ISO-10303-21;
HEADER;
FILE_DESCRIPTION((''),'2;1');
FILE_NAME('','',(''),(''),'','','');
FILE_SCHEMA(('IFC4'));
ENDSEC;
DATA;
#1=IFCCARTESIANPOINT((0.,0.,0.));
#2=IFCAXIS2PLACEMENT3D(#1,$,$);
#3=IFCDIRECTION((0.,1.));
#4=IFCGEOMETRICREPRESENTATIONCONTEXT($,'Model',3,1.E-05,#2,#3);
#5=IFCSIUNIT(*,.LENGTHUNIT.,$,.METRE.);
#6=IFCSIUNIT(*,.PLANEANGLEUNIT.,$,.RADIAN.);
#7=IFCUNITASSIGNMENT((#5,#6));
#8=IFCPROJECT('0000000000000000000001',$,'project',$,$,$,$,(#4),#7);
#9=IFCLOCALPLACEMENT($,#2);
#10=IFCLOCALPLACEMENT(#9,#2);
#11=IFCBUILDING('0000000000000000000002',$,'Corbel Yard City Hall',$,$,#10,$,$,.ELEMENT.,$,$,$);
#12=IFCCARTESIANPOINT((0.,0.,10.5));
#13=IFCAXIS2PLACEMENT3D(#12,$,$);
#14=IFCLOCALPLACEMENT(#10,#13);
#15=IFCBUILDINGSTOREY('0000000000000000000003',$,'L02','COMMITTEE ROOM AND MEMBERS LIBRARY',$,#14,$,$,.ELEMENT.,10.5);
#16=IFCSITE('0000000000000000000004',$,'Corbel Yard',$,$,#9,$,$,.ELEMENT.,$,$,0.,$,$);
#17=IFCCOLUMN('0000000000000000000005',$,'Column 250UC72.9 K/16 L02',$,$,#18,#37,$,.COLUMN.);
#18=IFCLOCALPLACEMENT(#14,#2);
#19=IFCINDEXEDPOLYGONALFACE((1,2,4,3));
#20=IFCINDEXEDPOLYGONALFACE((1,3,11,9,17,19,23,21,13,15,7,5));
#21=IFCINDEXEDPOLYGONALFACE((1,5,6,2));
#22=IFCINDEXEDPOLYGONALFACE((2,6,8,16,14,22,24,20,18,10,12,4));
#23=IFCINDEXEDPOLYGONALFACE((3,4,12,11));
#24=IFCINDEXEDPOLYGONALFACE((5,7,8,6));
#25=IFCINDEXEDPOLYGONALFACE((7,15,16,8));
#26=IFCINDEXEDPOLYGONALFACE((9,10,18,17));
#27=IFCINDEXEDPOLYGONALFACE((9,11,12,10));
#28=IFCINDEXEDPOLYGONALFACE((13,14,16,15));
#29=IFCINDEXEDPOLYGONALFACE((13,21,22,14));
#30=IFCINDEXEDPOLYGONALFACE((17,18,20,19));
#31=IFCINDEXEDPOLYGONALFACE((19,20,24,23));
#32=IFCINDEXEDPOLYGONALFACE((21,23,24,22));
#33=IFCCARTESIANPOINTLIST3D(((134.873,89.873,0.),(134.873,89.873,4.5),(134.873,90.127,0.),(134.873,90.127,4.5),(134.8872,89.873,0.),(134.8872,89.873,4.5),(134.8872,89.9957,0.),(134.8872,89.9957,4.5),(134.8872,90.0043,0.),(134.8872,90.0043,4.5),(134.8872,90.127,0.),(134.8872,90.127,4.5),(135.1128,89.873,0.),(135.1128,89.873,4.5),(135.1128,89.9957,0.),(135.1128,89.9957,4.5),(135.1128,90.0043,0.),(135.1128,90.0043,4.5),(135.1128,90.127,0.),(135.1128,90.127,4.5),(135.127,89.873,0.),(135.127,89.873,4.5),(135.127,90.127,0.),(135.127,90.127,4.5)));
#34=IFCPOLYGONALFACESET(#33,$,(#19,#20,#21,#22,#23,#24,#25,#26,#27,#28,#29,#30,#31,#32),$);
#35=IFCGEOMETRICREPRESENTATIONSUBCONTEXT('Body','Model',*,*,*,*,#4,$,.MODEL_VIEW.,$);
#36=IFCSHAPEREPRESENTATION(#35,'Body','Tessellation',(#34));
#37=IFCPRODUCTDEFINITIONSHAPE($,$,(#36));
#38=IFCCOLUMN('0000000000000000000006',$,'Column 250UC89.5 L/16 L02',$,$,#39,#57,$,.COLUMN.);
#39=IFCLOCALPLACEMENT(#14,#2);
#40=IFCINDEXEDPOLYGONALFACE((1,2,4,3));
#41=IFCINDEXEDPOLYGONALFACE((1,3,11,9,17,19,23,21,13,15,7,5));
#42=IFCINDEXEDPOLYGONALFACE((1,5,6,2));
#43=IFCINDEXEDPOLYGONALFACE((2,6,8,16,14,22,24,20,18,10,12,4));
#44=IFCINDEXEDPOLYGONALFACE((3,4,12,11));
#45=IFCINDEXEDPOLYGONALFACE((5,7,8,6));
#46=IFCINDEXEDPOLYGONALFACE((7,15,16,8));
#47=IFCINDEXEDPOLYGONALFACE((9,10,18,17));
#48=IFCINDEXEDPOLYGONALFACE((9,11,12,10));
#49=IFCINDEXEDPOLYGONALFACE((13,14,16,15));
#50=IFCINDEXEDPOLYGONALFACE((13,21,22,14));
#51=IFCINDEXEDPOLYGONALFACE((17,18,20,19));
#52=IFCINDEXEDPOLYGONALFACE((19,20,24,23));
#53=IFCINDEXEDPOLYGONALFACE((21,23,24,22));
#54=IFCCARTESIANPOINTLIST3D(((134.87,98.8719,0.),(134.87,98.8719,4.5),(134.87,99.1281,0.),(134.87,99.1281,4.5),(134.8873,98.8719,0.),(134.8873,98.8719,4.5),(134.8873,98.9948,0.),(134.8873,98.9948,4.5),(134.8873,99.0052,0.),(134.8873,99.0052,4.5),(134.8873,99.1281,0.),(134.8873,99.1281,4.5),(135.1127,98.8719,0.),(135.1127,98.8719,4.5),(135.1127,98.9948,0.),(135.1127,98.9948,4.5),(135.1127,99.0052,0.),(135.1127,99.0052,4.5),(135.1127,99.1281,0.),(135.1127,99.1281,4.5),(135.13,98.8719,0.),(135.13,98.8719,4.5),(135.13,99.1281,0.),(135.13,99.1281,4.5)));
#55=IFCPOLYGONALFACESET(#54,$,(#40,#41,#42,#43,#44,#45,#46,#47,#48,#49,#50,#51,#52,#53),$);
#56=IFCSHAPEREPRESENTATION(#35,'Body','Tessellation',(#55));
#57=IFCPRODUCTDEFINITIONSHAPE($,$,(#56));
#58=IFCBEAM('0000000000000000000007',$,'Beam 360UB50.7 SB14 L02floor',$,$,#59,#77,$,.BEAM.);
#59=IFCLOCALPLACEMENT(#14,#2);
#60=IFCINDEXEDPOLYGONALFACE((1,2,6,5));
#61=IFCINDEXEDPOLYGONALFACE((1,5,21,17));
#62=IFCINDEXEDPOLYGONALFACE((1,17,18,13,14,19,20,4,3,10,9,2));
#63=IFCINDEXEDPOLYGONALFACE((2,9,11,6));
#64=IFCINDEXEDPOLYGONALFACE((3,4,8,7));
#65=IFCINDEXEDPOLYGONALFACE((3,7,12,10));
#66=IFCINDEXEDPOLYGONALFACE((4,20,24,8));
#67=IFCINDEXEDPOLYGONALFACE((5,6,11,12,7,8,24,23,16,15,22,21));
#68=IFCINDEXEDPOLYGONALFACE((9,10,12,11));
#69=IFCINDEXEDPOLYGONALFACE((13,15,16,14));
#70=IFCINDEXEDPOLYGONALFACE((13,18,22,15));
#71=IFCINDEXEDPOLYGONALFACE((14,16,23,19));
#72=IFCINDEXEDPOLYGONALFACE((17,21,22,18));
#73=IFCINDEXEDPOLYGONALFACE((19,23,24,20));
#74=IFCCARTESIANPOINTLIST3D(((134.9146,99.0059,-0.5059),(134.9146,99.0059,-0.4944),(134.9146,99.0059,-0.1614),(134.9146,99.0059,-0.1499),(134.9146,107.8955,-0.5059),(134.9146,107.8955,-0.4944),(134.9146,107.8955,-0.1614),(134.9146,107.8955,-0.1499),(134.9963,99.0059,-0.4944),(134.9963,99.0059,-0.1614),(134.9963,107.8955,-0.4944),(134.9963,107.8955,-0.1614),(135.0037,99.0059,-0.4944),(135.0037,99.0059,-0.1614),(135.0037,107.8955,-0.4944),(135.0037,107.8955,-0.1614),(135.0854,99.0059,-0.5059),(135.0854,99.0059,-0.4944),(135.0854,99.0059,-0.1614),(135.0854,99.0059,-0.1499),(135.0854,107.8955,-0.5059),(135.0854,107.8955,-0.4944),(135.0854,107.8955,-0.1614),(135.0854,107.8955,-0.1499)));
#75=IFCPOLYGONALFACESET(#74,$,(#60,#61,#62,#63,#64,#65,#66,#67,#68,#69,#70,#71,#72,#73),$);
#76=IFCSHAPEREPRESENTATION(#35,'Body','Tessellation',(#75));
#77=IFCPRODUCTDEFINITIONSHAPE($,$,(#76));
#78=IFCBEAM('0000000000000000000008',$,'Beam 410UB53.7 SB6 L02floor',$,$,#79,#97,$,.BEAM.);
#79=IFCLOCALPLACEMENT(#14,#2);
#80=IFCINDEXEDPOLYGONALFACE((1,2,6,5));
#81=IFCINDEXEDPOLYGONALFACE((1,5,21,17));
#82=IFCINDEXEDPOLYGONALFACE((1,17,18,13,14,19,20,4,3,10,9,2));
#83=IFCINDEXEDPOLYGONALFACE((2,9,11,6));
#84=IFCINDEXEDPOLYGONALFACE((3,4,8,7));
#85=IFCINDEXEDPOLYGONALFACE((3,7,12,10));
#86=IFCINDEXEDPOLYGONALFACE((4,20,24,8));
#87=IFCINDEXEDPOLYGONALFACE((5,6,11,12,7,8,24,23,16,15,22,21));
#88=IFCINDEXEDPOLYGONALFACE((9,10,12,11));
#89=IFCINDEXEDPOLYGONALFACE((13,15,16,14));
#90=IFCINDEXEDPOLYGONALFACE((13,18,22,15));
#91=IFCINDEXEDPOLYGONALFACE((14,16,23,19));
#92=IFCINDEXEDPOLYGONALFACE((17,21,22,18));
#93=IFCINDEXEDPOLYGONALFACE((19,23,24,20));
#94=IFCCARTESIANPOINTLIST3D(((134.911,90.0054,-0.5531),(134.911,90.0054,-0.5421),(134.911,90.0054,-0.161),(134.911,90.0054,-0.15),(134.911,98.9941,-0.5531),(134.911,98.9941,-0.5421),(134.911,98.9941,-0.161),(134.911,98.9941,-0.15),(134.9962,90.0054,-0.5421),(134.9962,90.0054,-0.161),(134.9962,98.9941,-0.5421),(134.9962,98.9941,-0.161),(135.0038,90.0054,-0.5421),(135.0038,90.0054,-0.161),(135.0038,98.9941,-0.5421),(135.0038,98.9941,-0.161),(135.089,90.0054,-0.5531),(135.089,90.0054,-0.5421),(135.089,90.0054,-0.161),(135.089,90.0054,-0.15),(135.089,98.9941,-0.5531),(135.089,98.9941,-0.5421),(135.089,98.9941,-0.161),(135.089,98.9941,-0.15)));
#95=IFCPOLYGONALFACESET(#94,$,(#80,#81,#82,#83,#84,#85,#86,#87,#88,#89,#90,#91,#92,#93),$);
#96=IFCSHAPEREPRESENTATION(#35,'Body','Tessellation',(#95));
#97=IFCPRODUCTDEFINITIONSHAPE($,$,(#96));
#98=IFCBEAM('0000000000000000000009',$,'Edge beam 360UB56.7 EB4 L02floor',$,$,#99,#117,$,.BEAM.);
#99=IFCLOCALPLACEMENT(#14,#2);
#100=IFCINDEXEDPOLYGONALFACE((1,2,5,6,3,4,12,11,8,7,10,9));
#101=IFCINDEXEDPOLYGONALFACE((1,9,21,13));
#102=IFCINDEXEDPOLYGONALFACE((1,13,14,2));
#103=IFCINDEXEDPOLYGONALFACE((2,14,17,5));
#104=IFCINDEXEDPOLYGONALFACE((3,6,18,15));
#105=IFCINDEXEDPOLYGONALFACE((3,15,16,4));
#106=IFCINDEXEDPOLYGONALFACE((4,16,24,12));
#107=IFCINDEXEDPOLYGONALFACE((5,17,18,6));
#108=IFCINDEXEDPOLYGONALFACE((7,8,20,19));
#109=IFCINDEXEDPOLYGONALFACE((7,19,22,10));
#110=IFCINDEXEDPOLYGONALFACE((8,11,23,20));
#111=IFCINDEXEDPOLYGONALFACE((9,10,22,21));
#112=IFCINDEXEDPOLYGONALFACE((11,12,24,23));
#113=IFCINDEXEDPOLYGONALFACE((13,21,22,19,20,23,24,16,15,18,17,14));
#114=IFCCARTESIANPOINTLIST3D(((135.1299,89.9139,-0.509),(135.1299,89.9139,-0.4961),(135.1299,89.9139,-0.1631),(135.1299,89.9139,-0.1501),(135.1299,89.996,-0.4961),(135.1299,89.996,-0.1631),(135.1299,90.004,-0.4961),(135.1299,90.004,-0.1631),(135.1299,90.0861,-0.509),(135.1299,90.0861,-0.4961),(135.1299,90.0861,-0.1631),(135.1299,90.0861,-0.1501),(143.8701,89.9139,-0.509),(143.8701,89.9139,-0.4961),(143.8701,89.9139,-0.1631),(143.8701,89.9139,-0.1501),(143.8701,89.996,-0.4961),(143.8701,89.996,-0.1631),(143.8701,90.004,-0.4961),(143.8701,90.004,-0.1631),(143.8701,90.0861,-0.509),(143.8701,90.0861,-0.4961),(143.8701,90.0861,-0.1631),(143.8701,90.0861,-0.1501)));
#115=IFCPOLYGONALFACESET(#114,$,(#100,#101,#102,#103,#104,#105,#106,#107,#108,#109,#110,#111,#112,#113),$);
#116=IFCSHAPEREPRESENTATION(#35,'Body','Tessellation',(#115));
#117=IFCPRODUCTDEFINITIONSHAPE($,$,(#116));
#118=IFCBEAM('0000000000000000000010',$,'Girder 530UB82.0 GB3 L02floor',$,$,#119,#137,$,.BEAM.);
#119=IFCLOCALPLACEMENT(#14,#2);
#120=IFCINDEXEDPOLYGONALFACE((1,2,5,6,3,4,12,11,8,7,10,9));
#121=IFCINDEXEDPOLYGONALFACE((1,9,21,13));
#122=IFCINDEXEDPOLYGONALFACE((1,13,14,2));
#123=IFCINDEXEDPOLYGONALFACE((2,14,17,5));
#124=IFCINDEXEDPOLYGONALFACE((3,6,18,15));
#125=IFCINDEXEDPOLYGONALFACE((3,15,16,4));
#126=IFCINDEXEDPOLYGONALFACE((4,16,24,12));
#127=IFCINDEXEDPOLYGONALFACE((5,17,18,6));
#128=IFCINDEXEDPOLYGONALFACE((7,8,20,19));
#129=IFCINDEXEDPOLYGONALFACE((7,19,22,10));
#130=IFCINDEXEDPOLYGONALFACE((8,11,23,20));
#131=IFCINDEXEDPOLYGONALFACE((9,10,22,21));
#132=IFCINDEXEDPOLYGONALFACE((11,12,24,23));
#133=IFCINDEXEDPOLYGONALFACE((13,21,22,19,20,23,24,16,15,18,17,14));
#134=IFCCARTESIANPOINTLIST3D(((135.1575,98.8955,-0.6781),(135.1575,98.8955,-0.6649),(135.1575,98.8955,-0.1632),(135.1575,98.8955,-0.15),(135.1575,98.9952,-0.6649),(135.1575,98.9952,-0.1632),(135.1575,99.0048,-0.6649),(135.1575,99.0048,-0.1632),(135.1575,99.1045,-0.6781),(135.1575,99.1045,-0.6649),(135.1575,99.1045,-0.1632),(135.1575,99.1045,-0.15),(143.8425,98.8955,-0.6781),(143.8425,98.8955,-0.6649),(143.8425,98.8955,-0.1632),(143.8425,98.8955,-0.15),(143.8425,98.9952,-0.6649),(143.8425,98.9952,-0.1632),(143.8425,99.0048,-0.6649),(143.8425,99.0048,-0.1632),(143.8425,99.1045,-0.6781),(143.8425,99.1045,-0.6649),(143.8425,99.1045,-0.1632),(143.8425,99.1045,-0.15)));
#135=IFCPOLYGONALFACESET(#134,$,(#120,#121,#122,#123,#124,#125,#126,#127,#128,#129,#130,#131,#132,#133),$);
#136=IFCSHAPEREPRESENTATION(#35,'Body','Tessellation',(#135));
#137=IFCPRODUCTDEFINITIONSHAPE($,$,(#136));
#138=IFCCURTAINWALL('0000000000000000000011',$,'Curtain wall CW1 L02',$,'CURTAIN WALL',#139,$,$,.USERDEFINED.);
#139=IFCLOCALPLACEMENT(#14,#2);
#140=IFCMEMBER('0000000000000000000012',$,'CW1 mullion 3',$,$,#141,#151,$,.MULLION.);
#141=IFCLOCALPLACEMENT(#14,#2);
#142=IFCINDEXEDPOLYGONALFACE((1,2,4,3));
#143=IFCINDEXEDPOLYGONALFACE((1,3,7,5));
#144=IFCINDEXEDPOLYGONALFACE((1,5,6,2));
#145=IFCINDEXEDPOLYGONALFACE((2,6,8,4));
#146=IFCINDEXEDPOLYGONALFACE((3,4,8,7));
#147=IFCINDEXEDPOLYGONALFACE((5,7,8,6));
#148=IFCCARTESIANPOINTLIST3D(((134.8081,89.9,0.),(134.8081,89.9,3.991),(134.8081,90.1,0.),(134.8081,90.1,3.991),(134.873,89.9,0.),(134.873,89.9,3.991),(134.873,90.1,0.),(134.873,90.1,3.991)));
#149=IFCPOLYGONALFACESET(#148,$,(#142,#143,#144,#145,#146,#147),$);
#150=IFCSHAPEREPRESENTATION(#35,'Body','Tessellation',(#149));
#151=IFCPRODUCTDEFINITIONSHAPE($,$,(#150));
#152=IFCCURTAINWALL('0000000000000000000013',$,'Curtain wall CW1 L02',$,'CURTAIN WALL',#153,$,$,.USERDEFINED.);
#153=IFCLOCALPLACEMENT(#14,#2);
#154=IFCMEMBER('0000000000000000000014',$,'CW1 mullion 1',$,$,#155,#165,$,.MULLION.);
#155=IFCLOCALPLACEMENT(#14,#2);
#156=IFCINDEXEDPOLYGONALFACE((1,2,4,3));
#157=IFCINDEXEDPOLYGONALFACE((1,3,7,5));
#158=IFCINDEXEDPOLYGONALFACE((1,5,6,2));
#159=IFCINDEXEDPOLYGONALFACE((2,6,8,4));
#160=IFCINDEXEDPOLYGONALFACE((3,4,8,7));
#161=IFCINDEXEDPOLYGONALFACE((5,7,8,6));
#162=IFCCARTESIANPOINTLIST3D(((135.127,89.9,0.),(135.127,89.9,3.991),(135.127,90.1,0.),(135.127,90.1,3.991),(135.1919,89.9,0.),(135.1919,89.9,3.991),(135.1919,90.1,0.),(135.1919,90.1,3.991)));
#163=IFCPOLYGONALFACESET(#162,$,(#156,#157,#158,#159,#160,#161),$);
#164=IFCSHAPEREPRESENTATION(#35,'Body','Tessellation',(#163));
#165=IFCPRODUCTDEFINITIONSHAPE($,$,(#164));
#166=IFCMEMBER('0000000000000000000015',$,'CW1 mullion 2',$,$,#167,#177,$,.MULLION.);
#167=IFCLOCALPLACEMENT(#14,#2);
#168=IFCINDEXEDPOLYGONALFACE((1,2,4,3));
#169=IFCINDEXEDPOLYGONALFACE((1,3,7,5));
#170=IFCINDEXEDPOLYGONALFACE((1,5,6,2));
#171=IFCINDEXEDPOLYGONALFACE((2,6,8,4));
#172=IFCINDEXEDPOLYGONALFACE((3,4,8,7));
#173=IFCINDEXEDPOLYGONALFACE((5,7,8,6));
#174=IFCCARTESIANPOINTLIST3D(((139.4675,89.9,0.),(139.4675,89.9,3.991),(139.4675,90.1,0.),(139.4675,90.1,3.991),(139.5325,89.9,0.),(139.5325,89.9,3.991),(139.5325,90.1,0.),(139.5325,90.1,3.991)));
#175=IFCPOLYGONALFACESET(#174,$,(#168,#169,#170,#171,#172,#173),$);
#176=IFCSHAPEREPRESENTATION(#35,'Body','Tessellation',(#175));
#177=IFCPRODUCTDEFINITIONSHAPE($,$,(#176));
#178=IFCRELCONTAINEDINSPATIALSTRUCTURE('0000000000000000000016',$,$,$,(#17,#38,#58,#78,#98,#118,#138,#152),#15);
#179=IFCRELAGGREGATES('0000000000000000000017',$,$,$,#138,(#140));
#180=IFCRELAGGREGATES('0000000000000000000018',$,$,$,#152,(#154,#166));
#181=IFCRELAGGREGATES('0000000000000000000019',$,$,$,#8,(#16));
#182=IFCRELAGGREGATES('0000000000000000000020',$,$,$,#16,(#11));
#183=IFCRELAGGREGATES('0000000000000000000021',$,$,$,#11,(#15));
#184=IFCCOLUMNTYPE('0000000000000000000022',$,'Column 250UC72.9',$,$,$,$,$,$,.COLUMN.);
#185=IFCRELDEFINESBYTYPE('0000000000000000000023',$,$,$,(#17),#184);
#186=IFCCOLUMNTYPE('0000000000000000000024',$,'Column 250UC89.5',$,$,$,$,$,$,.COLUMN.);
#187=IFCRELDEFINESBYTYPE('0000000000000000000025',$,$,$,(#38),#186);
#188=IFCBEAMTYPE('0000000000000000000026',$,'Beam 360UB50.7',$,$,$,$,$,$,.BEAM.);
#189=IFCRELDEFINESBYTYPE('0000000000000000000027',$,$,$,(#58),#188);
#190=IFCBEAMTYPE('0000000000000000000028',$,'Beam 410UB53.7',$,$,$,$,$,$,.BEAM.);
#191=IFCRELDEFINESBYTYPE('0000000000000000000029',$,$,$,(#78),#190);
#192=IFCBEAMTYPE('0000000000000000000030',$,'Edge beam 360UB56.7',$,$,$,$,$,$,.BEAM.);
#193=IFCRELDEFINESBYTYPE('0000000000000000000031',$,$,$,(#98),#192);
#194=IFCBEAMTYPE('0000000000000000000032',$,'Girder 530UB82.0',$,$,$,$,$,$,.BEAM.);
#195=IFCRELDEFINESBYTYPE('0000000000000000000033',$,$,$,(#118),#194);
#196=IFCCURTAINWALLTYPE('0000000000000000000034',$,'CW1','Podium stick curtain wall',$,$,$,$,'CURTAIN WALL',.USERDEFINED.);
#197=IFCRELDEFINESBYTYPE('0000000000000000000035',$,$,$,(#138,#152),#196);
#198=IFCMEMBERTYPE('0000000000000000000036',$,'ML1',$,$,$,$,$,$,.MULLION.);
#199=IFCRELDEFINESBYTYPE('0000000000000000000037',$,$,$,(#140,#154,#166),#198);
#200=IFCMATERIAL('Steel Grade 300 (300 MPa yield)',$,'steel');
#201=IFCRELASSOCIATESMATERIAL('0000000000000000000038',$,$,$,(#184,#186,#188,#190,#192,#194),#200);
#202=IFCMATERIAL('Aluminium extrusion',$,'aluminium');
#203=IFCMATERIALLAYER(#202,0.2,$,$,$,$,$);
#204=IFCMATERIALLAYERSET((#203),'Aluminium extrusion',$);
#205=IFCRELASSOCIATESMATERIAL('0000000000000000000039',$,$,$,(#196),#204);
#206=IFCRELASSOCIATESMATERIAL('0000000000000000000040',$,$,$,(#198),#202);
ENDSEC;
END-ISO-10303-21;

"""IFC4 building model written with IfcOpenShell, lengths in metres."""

from ifc_helpers import new_model, si_unit, direction, frame, origin, origin_2d, place, context, subcontext, project, spatial, rectangle, i_section, extrude, material, layer, layer_set, material_profile, profile_set, type_object, element, aggregate, save


model = new_model("IFC4")

# Units and contexts
model_context = context("Model", 3, precision=1e-05, world=origin(), true_north=direction((0.0, 1.0)))
body_context = subcontext(model_context, "Body", "Model", "MODEL_VIEW")
ifc_project = project(units=[si_unit("LENGTHUNIT", "METRE"), si_unit("PLANEANGLEUNIT", "RADIAN")], contexts=[model_context])

# Site, building, storey
site_placement = place(None, origin())
site = spatial("IfcSite", under=ifc_project, at=site_placement, Name="Corbel Yard", CompositionType="ELEMENT", RefElevation=0.0)
building_placement = place(site_placement, origin())
building = spatial("IfcBuilding", under=site, at=building_placement, Name="Corbel Yard City Hall", CompositionType="ELEMENT")
storey_placement = place(building_placement, frame((0.0, 0.0, 10.5)))
storey = spatial("IfcBuildingStorey", under=building, at=storey_placement, Name="L02", Description="COMMITTEE ROOM AND MEMBERS LIBRARY", CompositionType="ELEMENT", Elevation=10.5)

# Columns
ifc_material_1 = material(Name="Steel Grade 300 (300 MPa yield)", Category="steel")
ifc_material_profile_1 = material_profile(ifc_material_1, i_section(OverallWidth=0.2539, OverallDepth=0.2539, WebThickness=0.0085, FlangeThickness=0.0142, at=origin_2d()), Name="250UC72.9")
ifc_profile_set_1 = profile_set([ifc_material_profile_1], Name="Steel Grade 300 (300 MPa yield)")
column_type_1 = type_object("IfcColumnType", Name="Column 250UC72.9", PredefinedType="COLUMN", material=ifc_profile_set_1)
column_1_placement = place(storey_placement, frame((135.0, 90.0, 0.0), z_axis=(0.0, 0.0, 1.0), x_axis=(0.0, 1.0, 0.0)))
element("IfcColumn", 1, at=column_1_placement, inside=storey, type_object=column_type_1, Name="Column 250UC72.9 K/16 L02", PredefinedType="COLUMN", context=body_context, shape_type="SweptSolid", body=[
    extrude(i_section(OverallWidth=0.2539, OverallDepth=0.2539, WebThickness=0.0085, FlangeThickness=0.0142, at=origin_2d()), origin(), (0.0, 0.0, 1.0), 4.5),
])
ifc_material_profile_2 = material_profile(ifc_material_1, i_section(OverallWidth=0.2561, OverallDepth=0.26, WebThickness=0.0105, FlangeThickness=0.0173, at=origin_2d()), Name="250UC89.5")
ifc_profile_set_2 = profile_set([ifc_material_profile_2], Name="Steel Grade 300 (300 MPa yield)")
column_type_2 = type_object("IfcColumnType", Name="Column 250UC89.5", PredefinedType="COLUMN", material=ifc_profile_set_2)
column_2_placement = place(storey_placement, frame((135.0, 99.0, 0.0), z_axis=(0.0, 0.0, 1.0), x_axis=(0.0, 1.0, 0.0)))
element("IfcColumn", 2, at=column_2_placement, inside=storey, type_object=column_type_2, Name="Column 250UC89.5 L/16 L02", PredefinedType="COLUMN", context=body_context, shape_type="SweptSolid", body=[
    extrude(i_section(OverallWidth=0.2561, OverallDepth=0.26, WebThickness=0.0105, FlangeThickness=0.0173, at=origin_2d()), origin(), (0.0, 0.0, 1.0), 4.5),
])

# Beams
ifc_material_profile_3 = material_profile(ifc_material_1, i_section(OverallWidth=0.1709, OverallDepth=0.356, WebThickness=0.0073, FlangeThickness=0.0115, at=origin_2d()), Name="360UB50.7")
ifc_profile_set_3 = profile_set([ifc_material_profile_3], Name="Steel Grade 300 (300 MPa yield)")
beam_type_1 = type_object("IfcBeamType", Name="Beam 360UB50.7", PredefinedType="BEAM", material=ifc_profile_set_3)
beam_1_placement = place(storey_placement, frame((135.0, 99.0059, -0.3279), z_axis=(0.0, 1.0, 0.0), x_axis=(-1.0, 0.0, 0.0)))
element("IfcBeam", 3, at=beam_1_placement, inside=storey, type_object=beam_type_1, Name="Beam 360UB50.7 SB14 L02floor", PredefinedType="BEAM", context=body_context, shape_type="SweptSolid", body=[
    extrude(i_section(OverallWidth=0.1709, OverallDepth=0.356, WebThickness=0.0073, FlangeThickness=0.0115, at=origin_2d()), origin(), (0.0, 0.0, 1.0), 8.8896),
])
ifc_material_profile_4 = material_profile(ifc_material_1, i_section(OverallWidth=0.178, OverallDepth=0.4031, WebThickness=0.0076, FlangeThickness=0.011, at=origin_2d()), Name="410UB53.7")
ifc_profile_set_4 = profile_set([ifc_material_profile_4], Name="Steel Grade 300 (300 MPa yield)")
beam_type_2 = type_object("IfcBeamType", Name="Beam 410UB53.7", PredefinedType="BEAM", material=ifc_profile_set_4)
beam_2_placement = place(storey_placement, frame((135.0, 90.0054, -0.3516), z_axis=(0.0, 1.0, 0.0), x_axis=(-1.0, 0.0, 0.0)))
element("IfcBeam", 4, at=beam_2_placement, inside=storey, type_object=beam_type_2, Name="Beam 410UB53.7 SB6 L02floor", PredefinedType="BEAM", context=body_context, shape_type="SweptSolid", body=[
    extrude(i_section(OverallWidth=0.178, OverallDepth=0.4031, WebThickness=0.0076, FlangeThickness=0.011, at=origin_2d()), origin(), (0.0, 0.0, 1.0), 8.9888),
])
ifc_material_profile_5 = material_profile(ifc_material_1, i_section(OverallWidth=0.1721, OverallDepth=0.3589, WebThickness=0.0081, FlangeThickness=0.0129, at=origin_2d()), Name="360UB56.7")
ifc_profile_set_5 = profile_set([ifc_material_profile_5], Name="Steel Grade 300 (300 MPa yield)")
beam_type_3 = type_object("IfcBeamType", Name="Edge beam 360UB56.7", PredefinedType="BEAM", material=ifc_profile_set_5)
beam_3_placement = place(storey_placement, frame((135.1299, 90.0, -0.3296), z_axis=(1.0, 0.0, 0.0), x_axis=(0.0, 1.0, 0.0)))
element("IfcBeam", 5, at=beam_3_placement, inside=storey, type_object=beam_type_3, Name="Edge beam 360UB56.7 EB4 L02floor", PredefinedType="BEAM", context=body_context, shape_type="SweptSolid", body=[
    extrude(i_section(OverallWidth=0.1721, OverallDepth=0.3589, WebThickness=0.0081, FlangeThickness=0.0129, at=origin_2d()), origin(), (0.0, 0.0, 1.0), 8.7402),
])
ifc_material_profile_6 = material_profile(ifc_material_1, i_section(OverallWidth=0.209, OverallDepth=0.5281, WebThickness=0.0095, FlangeThickness=0.0132, at=origin_2d()), Name="530UB82.0")
ifc_profile_set_6 = profile_set([ifc_material_profile_6], Name="Steel Grade 300 (300 MPa yield)")
beam_type_4 = type_object("IfcBeamType", Name="Girder 530UB82.0", PredefinedType="BEAM", material=ifc_profile_set_6)
beam_4_placement = place(storey_placement, frame((135.1575, 99.0, -0.4141), z_axis=(1.0, 0.0, 0.0), x_axis=(0.0, 1.0, 0.0)))
element("IfcBeam", 6, at=beam_4_placement, inside=storey, type_object=beam_type_4, Name="Girder 530UB82.0 GB3 L02floor", PredefinedType="BEAM", context=body_context, shape_type="SweptSolid", body=[
    extrude(i_section(OverallWidth=0.209, OverallDepth=0.5281, WebThickness=0.0095, FlangeThickness=0.0132, at=origin_2d()), origin(), (0.0, 0.0, 1.0), 8.6851),
])

# Curtain wall, member
ifc_material_2 = material(Name="Aluminium extrusion", Category="aluminium")
ifc_layer_1 = layer(ifc_material_2, 0.2)
ifc_layer_set_1 = layer_set([ifc_layer_1], Name="Aluminium extrusion")
curtain_wall_type = type_object("IfcCurtainWallType", Name="CW1", Description="Podium stick curtain wall", ElementType="CURTAIN WALL", PredefinedType="USERDEFINED", material=ifc_layer_set_1)
curtain_wall_1_placement = place(storey_placement, origin())
curtain_wall_1 = element("IfcCurtainWall", 7, at=curtain_wall_1_placement, inside=storey, type_object=curtain_wall_type, Name="Curtain wall CW1 L02", ObjectType="CURTAIN WALL", PredefinedType="USERDEFINED")
ifc_material_profile_7 = material_profile(ifc_material_2, rectangle(XDim=0.2, YDim=0.0649, at=origin_2d()), Name="200x65")
ifc_profile_set_7 = profile_set([ifc_material_profile_7], Name="Aluminium extrusion")
member_type_1 = type_object("IfcMemberType", Name="ML1", PredefinedType="MULLION", material=ifc_profile_set_7)
member_1_placement = place(storey_placement, frame((134.8406, 90.0, 0.0), z_axis=(0.0, 0.0, 1.0), x_axis=(0.0, 1.0, 0.0)))
member_1 = element("IfcMember", 8, at=member_1_placement, type_object=member_type_1, Name="CW1 mullion 3", PredefinedType="MULLION", context=body_context, shape_type="SweptSolid", body=[
    extrude(rectangle(XDim=0.2, YDim=0.0649, at=origin_2d()), origin(), (0.0, 0.0, 1.0), 3.991),
])
aggregate(curtain_wall_1, [member_1])

# Curtain wall, members
curtain_wall_2_placement = place(storey_placement, origin())
curtain_wall_2 = element("IfcCurtainWall", 9, at=curtain_wall_2_placement, inside=storey, type_object=curtain_wall_type, Name="Curtain wall CW1 L02", ObjectType="CURTAIN WALL", PredefinedType="USERDEFINED")
member_2_placement = place(storey_placement, frame((135.1594, 90.0, 0.0), z_axis=(0.0, 0.0, 1.0), x_axis=(0.0, 1.0, 0.0)))
member_2 = element("IfcMember", 10, at=member_2_placement, type_object=member_type_1, Name="CW1 mullion 1", PredefinedType="MULLION", context=body_context, shape_type="SweptSolid", body=[
    extrude(rectangle(XDim=0.2, YDim=0.0649, at=origin_2d()), origin(), (0.0, 0.0, 1.0), 3.991),
])
member_3_placement = place(storey_placement, frame((139.5, 90.0, 0.0), z_axis=(0.0, 0.0, 1.0), x_axis=(0.0, 1.0, 0.0)))
member_3 = element("IfcMember", 11, at=member_3_placement, type_object=member_type_1, Name="CW1 mullion 2", PredefinedType="MULLION", context=body_context, shape_type="SweptSolid", body=[
    extrude(rectangle(XDim=0.2, YDim=0.0649, at=origin_2d()), origin(), (0.0, 0.0, 1.0), 3.991),
])

aggregate(curtain_wall_2, [member_2, member_3])

save(model, "model.ifc")
